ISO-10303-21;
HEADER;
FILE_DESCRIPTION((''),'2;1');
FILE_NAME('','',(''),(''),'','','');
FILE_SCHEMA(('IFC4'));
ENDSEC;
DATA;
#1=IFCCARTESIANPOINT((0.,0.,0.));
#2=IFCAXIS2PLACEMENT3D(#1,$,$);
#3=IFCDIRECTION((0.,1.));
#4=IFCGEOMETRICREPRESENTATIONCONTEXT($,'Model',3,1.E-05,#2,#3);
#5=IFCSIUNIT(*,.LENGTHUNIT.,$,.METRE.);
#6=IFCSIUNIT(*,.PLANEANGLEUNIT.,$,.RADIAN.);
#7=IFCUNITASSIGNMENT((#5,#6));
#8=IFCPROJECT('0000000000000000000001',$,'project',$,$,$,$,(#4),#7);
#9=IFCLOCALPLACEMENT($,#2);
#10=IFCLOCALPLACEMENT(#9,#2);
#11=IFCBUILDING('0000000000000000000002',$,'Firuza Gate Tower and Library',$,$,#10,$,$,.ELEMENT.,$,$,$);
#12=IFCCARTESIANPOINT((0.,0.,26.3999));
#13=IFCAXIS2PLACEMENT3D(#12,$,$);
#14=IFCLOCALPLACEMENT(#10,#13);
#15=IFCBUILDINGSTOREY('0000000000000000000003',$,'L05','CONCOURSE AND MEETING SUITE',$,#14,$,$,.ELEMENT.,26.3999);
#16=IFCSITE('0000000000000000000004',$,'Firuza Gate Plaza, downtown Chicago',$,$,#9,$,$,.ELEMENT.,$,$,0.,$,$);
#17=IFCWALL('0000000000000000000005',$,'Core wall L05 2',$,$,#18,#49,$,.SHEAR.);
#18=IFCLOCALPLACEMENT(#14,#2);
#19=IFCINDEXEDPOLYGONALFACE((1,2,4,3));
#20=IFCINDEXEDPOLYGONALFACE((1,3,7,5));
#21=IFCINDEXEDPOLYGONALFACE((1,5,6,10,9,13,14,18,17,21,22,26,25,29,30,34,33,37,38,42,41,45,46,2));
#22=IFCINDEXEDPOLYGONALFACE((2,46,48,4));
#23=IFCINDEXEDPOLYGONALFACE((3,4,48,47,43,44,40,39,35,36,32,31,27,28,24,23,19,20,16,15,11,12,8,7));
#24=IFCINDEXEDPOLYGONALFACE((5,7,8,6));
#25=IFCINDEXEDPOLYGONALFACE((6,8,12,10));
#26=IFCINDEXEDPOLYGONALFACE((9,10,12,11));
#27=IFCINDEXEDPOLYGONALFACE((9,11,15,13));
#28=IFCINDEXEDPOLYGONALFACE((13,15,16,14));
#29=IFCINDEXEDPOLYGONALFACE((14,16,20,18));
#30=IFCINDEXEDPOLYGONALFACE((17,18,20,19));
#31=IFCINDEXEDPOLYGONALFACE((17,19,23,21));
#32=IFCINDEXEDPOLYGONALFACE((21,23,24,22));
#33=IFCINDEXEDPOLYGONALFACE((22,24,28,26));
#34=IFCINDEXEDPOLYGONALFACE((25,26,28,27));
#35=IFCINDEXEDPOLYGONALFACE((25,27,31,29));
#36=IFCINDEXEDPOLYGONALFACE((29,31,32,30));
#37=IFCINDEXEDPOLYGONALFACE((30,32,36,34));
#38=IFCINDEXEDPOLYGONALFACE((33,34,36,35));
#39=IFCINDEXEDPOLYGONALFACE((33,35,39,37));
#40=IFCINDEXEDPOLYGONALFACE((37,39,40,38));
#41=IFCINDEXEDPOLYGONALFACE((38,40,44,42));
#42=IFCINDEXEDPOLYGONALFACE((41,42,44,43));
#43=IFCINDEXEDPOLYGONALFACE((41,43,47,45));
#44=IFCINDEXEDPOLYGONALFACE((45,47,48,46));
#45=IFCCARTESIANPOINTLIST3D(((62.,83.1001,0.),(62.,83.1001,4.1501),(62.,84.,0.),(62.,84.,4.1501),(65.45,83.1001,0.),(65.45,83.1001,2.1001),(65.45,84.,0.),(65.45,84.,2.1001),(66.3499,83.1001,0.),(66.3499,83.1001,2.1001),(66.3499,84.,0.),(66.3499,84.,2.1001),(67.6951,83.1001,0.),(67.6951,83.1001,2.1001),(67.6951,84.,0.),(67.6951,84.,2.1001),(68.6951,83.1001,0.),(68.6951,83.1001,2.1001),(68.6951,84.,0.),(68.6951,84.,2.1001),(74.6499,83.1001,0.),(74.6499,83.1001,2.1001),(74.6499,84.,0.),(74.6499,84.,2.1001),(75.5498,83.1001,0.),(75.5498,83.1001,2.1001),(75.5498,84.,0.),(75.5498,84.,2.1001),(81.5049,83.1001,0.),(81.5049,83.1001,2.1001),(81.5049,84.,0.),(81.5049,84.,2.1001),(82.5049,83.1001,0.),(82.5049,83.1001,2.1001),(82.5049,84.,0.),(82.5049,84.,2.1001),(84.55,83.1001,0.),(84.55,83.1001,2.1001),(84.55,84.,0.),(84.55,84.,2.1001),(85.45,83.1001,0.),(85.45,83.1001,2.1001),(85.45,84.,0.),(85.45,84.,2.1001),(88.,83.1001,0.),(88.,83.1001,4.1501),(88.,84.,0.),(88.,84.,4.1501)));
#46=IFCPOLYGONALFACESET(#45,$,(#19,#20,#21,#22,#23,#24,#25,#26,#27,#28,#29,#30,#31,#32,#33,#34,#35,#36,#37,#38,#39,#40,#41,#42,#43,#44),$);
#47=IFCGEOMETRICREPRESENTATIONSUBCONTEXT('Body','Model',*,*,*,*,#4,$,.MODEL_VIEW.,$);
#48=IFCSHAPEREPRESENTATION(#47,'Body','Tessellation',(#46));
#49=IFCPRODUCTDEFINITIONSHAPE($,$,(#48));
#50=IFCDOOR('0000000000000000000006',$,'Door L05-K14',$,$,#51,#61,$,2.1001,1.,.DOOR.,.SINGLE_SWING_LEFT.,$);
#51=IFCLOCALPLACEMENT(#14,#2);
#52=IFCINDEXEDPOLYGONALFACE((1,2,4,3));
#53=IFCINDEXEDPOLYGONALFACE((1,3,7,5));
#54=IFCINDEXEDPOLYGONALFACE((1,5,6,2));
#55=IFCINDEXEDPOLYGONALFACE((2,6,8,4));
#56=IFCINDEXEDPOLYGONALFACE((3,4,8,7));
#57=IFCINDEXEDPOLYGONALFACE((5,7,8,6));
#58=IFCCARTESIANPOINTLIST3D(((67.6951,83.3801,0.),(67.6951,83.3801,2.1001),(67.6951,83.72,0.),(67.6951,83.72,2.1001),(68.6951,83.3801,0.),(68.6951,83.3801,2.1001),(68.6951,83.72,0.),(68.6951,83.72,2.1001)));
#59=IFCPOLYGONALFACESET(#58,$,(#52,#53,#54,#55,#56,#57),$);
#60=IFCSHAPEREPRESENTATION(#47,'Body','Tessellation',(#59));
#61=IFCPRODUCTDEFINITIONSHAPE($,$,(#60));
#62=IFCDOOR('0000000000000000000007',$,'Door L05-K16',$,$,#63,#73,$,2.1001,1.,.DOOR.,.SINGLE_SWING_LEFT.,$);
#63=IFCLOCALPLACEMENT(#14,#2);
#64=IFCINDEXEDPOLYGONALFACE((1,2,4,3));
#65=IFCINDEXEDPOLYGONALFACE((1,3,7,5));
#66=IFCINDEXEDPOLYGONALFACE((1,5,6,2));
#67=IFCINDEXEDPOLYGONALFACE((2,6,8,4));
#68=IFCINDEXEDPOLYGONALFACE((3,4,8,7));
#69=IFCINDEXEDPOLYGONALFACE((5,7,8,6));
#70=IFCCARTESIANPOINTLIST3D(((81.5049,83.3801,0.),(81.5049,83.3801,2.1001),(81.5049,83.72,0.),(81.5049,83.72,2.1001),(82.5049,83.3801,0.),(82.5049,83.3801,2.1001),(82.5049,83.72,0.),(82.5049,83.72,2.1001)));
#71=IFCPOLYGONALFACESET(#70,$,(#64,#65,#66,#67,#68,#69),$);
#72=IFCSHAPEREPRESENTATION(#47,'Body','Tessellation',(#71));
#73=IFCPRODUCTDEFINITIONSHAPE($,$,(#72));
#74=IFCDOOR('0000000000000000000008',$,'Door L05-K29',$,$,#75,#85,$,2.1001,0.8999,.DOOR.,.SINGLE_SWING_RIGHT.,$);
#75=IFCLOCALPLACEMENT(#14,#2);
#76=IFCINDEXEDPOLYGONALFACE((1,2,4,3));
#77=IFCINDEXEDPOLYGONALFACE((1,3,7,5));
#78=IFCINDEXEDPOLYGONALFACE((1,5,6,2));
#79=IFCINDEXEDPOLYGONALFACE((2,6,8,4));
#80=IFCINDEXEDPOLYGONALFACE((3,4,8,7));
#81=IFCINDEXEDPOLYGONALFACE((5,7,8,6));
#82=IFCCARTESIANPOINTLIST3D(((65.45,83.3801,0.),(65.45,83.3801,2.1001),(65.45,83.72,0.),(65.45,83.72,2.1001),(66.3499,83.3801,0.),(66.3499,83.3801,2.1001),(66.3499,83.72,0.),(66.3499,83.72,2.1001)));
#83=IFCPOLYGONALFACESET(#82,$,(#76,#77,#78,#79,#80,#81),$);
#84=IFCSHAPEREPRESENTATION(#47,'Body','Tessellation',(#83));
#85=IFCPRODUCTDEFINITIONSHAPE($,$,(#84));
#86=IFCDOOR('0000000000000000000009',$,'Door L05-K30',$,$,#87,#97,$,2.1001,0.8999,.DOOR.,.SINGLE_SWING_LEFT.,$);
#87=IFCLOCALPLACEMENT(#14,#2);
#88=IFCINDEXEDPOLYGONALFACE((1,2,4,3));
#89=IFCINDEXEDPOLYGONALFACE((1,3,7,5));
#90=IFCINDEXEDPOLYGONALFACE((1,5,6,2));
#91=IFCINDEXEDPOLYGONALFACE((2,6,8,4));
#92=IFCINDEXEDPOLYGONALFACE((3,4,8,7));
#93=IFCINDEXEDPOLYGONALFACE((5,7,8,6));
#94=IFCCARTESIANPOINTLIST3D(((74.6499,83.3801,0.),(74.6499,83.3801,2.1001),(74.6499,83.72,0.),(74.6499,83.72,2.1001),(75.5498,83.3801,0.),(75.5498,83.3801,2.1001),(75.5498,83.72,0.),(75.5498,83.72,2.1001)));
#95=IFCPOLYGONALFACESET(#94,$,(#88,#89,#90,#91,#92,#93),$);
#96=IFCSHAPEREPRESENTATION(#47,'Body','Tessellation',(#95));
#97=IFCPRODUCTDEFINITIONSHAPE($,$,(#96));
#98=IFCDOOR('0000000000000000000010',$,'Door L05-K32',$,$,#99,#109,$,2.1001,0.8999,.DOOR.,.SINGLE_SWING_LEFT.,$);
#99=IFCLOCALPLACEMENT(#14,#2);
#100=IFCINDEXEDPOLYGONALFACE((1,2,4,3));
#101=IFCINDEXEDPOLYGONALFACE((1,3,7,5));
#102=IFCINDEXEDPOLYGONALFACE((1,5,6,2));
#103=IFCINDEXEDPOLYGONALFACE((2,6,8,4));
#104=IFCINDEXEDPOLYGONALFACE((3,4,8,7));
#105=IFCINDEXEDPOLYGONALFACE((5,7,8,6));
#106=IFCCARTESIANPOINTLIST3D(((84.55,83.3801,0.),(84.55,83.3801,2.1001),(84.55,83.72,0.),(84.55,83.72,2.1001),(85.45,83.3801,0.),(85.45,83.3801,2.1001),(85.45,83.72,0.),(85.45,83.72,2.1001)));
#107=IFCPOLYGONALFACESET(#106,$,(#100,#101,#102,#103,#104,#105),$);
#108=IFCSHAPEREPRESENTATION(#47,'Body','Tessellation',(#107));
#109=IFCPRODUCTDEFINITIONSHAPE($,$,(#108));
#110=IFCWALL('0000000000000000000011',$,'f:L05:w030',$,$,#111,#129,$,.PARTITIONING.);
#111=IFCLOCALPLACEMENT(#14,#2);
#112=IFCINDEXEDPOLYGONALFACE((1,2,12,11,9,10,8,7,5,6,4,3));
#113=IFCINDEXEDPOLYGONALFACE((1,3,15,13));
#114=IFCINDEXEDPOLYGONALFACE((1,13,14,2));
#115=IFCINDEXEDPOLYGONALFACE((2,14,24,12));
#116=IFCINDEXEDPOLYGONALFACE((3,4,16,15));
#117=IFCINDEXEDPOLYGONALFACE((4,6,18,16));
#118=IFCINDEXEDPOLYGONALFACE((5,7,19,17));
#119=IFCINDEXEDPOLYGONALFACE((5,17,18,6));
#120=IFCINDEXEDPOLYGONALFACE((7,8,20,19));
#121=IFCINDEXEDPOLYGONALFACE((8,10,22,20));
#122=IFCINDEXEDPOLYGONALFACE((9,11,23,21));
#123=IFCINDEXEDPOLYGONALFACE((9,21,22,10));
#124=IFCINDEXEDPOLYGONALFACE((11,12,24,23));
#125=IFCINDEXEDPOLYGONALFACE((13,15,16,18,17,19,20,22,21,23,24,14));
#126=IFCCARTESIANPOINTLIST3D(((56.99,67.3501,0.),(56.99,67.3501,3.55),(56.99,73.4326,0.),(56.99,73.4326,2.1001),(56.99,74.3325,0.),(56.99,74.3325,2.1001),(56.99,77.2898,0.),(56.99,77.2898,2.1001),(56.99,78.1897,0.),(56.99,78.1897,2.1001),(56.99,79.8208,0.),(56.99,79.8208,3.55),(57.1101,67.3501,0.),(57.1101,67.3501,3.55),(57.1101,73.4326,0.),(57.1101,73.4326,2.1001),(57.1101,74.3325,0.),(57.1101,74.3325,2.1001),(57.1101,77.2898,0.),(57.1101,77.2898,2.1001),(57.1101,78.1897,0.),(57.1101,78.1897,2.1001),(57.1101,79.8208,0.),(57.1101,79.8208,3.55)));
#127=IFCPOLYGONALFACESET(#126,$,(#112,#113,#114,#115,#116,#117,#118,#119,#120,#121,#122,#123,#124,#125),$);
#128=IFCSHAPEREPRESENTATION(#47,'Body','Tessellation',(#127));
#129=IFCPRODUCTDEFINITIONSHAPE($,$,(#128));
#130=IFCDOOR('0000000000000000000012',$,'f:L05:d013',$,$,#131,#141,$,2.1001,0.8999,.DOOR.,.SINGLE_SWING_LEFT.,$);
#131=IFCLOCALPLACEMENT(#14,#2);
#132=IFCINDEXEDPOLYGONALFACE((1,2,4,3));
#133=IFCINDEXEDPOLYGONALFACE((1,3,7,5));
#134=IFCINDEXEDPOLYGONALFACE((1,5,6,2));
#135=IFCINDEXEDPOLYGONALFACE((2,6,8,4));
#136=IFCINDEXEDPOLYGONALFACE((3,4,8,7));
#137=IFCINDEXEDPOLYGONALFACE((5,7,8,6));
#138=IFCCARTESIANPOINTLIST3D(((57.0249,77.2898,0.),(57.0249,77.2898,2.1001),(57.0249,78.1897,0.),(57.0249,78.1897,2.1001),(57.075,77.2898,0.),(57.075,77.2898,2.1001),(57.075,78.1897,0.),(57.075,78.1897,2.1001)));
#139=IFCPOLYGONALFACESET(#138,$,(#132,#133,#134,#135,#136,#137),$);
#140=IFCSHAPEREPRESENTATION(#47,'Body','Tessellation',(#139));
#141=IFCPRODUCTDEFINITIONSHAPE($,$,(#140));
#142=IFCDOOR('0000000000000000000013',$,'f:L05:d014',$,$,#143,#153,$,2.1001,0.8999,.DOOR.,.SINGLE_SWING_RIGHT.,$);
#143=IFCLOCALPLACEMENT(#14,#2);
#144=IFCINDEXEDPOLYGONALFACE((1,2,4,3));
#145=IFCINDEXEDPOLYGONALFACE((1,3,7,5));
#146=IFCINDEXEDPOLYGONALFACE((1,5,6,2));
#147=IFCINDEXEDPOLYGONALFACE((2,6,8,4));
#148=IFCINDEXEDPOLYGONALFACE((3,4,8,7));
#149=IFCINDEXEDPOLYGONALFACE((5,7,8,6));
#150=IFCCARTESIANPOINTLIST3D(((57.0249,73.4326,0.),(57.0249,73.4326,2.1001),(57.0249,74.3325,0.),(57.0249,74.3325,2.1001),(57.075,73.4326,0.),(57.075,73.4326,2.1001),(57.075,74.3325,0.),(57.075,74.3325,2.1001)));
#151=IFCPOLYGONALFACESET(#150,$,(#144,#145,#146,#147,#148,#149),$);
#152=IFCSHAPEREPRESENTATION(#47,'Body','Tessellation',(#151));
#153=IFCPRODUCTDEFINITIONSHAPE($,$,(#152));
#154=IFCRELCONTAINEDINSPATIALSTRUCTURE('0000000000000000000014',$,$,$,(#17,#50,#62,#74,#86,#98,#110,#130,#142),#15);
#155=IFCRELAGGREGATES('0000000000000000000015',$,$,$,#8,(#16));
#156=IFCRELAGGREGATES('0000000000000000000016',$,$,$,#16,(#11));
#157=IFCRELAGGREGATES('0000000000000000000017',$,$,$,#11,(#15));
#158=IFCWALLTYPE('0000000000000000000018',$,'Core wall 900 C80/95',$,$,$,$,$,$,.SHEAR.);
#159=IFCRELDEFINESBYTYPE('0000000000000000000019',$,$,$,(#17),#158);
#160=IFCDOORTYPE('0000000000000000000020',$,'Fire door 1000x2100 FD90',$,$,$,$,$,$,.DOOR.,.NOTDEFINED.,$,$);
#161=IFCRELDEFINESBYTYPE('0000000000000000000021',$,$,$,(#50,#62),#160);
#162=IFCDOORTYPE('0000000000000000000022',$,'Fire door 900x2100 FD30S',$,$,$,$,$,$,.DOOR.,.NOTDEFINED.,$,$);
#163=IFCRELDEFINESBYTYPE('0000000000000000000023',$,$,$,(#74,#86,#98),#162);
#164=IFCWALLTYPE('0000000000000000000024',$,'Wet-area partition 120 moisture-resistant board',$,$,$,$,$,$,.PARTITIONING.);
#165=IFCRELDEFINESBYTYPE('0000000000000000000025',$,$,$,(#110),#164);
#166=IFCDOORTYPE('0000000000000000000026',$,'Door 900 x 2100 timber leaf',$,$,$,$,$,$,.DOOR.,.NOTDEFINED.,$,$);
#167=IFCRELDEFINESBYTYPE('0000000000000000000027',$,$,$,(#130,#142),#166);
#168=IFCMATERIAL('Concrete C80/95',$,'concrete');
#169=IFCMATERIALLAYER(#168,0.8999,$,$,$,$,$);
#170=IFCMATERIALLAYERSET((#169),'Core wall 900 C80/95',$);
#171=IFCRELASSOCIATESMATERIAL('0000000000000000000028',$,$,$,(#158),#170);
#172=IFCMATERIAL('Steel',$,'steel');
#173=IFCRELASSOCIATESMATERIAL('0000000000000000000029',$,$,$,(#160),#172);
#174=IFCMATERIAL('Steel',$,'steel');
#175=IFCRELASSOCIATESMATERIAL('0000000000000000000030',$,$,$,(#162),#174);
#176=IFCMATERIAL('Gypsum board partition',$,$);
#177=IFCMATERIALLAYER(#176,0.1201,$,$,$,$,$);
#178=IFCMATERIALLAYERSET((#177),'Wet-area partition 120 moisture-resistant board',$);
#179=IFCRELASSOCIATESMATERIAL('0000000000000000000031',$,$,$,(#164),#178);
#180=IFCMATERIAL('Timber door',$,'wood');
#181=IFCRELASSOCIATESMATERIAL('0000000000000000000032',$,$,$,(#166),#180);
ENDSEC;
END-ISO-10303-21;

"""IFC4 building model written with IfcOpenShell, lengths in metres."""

from ifc_helpers import new_model, si_unit, direction, frame, frame_2d, origin, place, context, subcontext, project, spatial, rectangle, extrude, material, layer, layer_set, type_object, element, fill, save


model = new_model("IFC4")

# Units and contexts
model_context = context("Model", 3, precision=1e-05, world=origin(), true_north=direction((0.0, 1.0)))
body_context = subcontext(model_context, "Body", "Model", "MODEL_VIEW")
ifc_project = project(units=[si_unit("LENGTHUNIT", "METRE"), si_unit("PLANEANGLEUNIT", "RADIAN")], contexts=[model_context])

# Site, building, storey
site_placement = place(None, origin())
site = spatial("IfcSite", under=ifc_project, at=site_placement, Name="Firuza Gate Plaza, downtown Chicago", CompositionType="ELEMENT", RefElevation=0.0)
building_placement = place(site_placement, origin())
building = spatial("IfcBuilding", under=site, at=building_placement, Name="Firuza Gate Tower and Library", CompositionType="ELEMENT")
storey_placement = place(building_placement, frame((0.0, 0.0, 26.3999)))
storey = spatial("IfcBuildingStorey", under=building, at=storey_placement, Name="L05", Description="CONCOURSE AND MEETING SUITE", CompositionType="ELEMENT", Elevation=26.3999)

# Walls, openings, doors
ifc_material_1 = material(Name="Concrete C80/95", Category="concrete")
ifc_layer_1 = layer(ifc_material_1, 0.8999)
ifc_layer_set_1 = layer_set([ifc_layer_1], Name="Core wall 900 C80/95")
wall_type_1 = type_object("IfcWallType", Name="Core wall 900 C80/95", PredefinedType="SHEAR", material=ifc_layer_set_1)
wall_1_placement = place(storey_placement, frame((62.0, 83.55, 0.0), z_axis=(0.0, 0.0, 1.0), x_axis=(1.0, 0.0, 0.0)))
wall_1 = element("IfcWall", 1, at=wall_1_placement, inside=storey, type_object=wall_type_1, Name="Core wall L05 2", PredefinedType="SHEAR", context=body_context, shape_type="SweptSolid", body=[
    extrude(rectangle(XDim=26.0, YDim=0.8999, at=frame_2d((13.0, 0.0))), origin(), (0.0, 0.0, 1.0), 4.1501),
])
opening_1_placement = place(wall_1_placement, frame((5.6951, 0.0, 0.0)))
opening_1 = element("IfcOpeningElement", 2, at=opening_1_placement, cuts=wall_1, PredefinedType="OPENING", context=body_context, shape_type="SweptSolid", body=[
    extrude(rectangle(XDim=1.0, YDim=2.1001, at=frame_2d((0.5, 1.05))), frame((0.0, 0.46, 0.0), z_axis=(0.0, -1.0, 0.0), x_axis=(1.0, 0.0, 0.0)), (0.0, 0.0, 1.0), 0.9199),
])
opening_2_placement = place(wall_1_placement, frame((19.5049, 0.0, 0.0)))
opening_2 = element("IfcOpeningElement", 3, at=opening_2_placement, cuts=wall_1, PredefinedType="OPENING", context=body_context, shape_type="SweptSolid", body=[
    extrude(rectangle(XDim=1.0, YDim=2.1001, at=frame_2d((0.5, 1.05))), frame((0.0, 0.46, 0.0), z_axis=(0.0, -1.0, 0.0), x_axis=(1.0, 0.0, 0.0)), (0.0, 0.0, 1.0), 0.9199),
])
opening_3_placement = place(wall_1_placement, frame((3.45, 0.0, 0.0)))
opening_3 = element("IfcOpeningElement", 4, at=opening_3_placement, cuts=wall_1, PredefinedType="OPENING", context=body_context, shape_type="SweptSolid", body=[
    extrude(rectangle(XDim=0.8999, YDim=2.1001, at=frame_2d((0.45, 1.05))), frame((0.0, 0.46, 0.0), z_axis=(0.0, -1.0, 0.0), x_axis=(1.0, 0.0, 0.0)), (0.0, 0.0, 1.0), 0.9199),
])
opening_4_placement = place(wall_1_placement, frame((12.6499, 0.0, 0.0)))
opening_4 = element("IfcOpeningElement", 5, at=opening_4_placement, cuts=wall_1, PredefinedType="OPENING", context=body_context, shape_type="SweptSolid", body=[
    extrude(rectangle(XDim=0.8999, YDim=2.1001, at=frame_2d((0.45, 1.05))), frame((0.0, 0.46, 0.0), z_axis=(0.0, -1.0, 0.0), x_axis=(1.0, 0.0, 0.0)), (0.0, 0.0, 1.0), 0.9199),
])
opening_5_placement = place(wall_1_placement, frame((22.55, 0.0, 0.0)))
opening_5 = element("IfcOpeningElement", 6, at=opening_5_placement, cuts=wall_1, PredefinedType="OPENING", context=body_context, shape_type="SweptSolid", body=[
    extrude(rectangle(XDim=0.8999, YDim=2.1001, at=frame_2d((0.45, 1.05))), frame((0.0, 0.46, 0.0), z_axis=(0.0, -1.0, 0.0), x_axis=(1.0, 0.0, 0.0)), (0.0, 0.0, 1.0), 0.9199),
])
ifc_material_2 = material(Name="Steel", Category="steel")
door_type_1 = type_object("IfcDoorType", Name="Fire door 1000x2100 FD90", OperationType="NOTDEFINED", PredefinedType="DOOR", material=ifc_material_2)
door_1_placement = place(opening_1_placement, origin())
door_1 = element("IfcDoor", 7, at=door_1_placement, inside=storey, type_object=door_type_1, Name="Door L05-K14", OperationType="SINGLE_SWING_LEFT", OverallHeight=2.1001, OverallWidth=1.0, PredefinedType="DOOR", context=body_context, shape_type="SweptSolid", body=[
    extrude(rectangle(XDim=1.0, YDim=2.1001, at=frame_2d((0.5, 1.05))), frame((0.0, 0.1699, 0.0), z_axis=(0.0, -1.0, 0.0), x_axis=(1.0, 0.0, 0.0)), (0.0, 0.0, 1.0), 0.3398),
])
fill(opening_1, door_1)
door_2_placement = place(opening_2_placement, origin())
door_2 = element("IfcDoor", 8, at=door_2_placement, inside=storey, type_object=door_type_1, Name="Door L05-K16", OperationType="SINGLE_SWING_LEFT", OverallHeight=2.1001, OverallWidth=1.0, PredefinedType="DOOR", context=body_context, shape_type="SweptSolid", body=[
    extrude(rectangle(XDim=1.0, YDim=2.1001, at=frame_2d((0.5, 1.05))), frame((0.0, 0.1699, 0.0), z_axis=(0.0, -1.0, 0.0), x_axis=(1.0, 0.0, 0.0)), (0.0, 0.0, 1.0), 0.3398),
])
fill(opening_2, door_2)
ifc_material_3 = material(Name="Steel", Category="steel")
door_type_2 = type_object("IfcDoorType", Name="Fire door 900x2100 FD30S", OperationType="NOTDEFINED", PredefinedType="DOOR", material=ifc_material_3)
door_3_placement = place(opening_3_placement, origin())
door_3 = element("IfcDoor", 9, at=door_3_placement, inside=storey, type_object=door_type_2, Name="Door L05-K29", OperationType="SINGLE_SWING_RIGHT", OverallHeight=2.1001, OverallWidth=0.8999, PredefinedType="DOOR", context=body_context, shape_type="SweptSolid", body=[
    extrude(rectangle(XDim=0.8999, YDim=2.1001, at=frame_2d((0.45, 1.05))), frame((0.0, 0.1699, 0.0), z_axis=(0.0, -1.0, 0.0), x_axis=(1.0, 0.0, 0.0)), (0.0, 0.0, 1.0), 0.3398),
])
fill(opening_3, door_3)
door_4_placement = place(opening_4_placement, origin())
door_4 = element("IfcDoor", 10, at=door_4_placement, inside=storey, type_object=door_type_2, Name="Door L05-K30", OperationType="SINGLE_SWING_LEFT", OverallHeight=2.1001, OverallWidth=0.8999, PredefinedType="DOOR", context=body_context, shape_type="SweptSolid", body=[
    extrude(rectangle(XDim=0.8999, YDim=2.1001, at=frame_2d((0.45, 1.05))), frame((0.0, 0.1699, 0.0), z_axis=(0.0, -1.0, 0.0), x_axis=(1.0, 0.0, 0.0)), (0.0, 0.0, 1.0), 0.3398),
])
fill(opening_4, door_4)
door_5_placement = place(opening_5_placement, origin())
door_5 = element("IfcDoor", 11, at=door_5_placement, inside=storey, type_object=door_type_2, Name="Door L05-K32", OperationType="SINGLE_SWING_LEFT", OverallHeight=2.1001, OverallWidth=0.8999, PredefinedType="DOOR", context=body_context, shape_type="SweptSolid", body=[
    extrude(rectangle(XDim=0.8999, YDim=2.1001, at=frame_2d((0.45, 1.05))), frame((0.0, 0.1699, 0.0), z_axis=(0.0, -1.0, 0.0), x_axis=(1.0, 0.0, 0.0)), (0.0, 0.0, 1.0), 0.3398),
])
fill(opening_5, door_5)
ifc_material_4 = material(Name="Gypsum board partition")
ifc_layer_2 = layer(ifc_material_4, 0.1201)
ifc_layer_set_2 = layer_set([ifc_layer_2], Name="Wet-area partition 120 moisture-resistant board")
wall_type_2 = type_object("IfcWallType", Name="Wet-area partition 120 moisture-resistant board", PredefinedType="PARTITIONING", material=ifc_layer_set_2)
wall_2_placement = place(storey_placement, frame((57.05, 79.8208, 0.0), z_axis=(0.0, 0.0, 1.0), x_axis=(0.0, -1.0, 0.0)))
wall_2 = element("IfcWall", 12, at=wall_2_placement, inside=storey, type_object=wall_type_2, Name="f:L05:w030", PredefinedType="PARTITIONING", context=body_context, shape_type="SweptSolid", body=[
    extrude(rectangle(XDim=12.4707, YDim=0.1201, at=frame_2d((6.2354, 0.0))), origin(), (0.0, 0.0, 1.0), 3.55),
])
opening_6_placement = place(wall_2_placement, frame((1.6311, 0.0, 0.0)))
opening_6 = element("IfcOpeningElement", 13, at=opening_6_placement, cuts=wall_2, PredefinedType="OPENING", context=body_context, shape_type="SweptSolid", body=[
    extrude(rectangle(XDim=0.8999, YDim=2.1001, at=frame_2d((0.45, 1.05))), frame((0.0, 0.0701, 0.0), z_axis=(0.0, -1.0, 0.0), x_axis=(1.0, 0.0, 0.0)), (0.0, 0.0, 1.0), 0.1401),
])
opening_7_placement = place(wall_2_placement, frame((5.4883, 0.0, 0.0)))
opening_7 = element("IfcOpeningElement", 14, at=opening_7_placement, cuts=wall_2, PredefinedType="OPENING", context=body_context, shape_type="SweptSolid", body=[
    extrude(rectangle(XDim=0.8999, YDim=2.1001, at=frame_2d((0.45, 1.05))), frame((0.0, 0.0701, 0.0), z_axis=(0.0, -1.0, 0.0), x_axis=(1.0, 0.0, 0.0)), (0.0, 0.0, 1.0), 0.1401),
])
ifc_material_5 = material(Name="Timber door", Category="wood")
door_type_3 = type_object("IfcDoorType", Name="Door 900 x 2100 timber leaf", OperationType="NOTDEFINED", PredefinedType="DOOR", material=ifc_material_5)
door_6_placement = place(opening_6_placement, origin())
door_6 = element("IfcDoor", 15, at=door_6_placement, inside=storey, type_object=door_type_3, Name="f:L05:d013", OperationType="SINGLE_SWING_LEFT", OverallHeight=2.1001, OverallWidth=0.8999, PredefinedType="DOOR", context=body_context, shape_type="SweptSolid", body=[
    extrude(rectangle(XDim=0.8999, YDim=2.1001, at=frame_2d((0.45, 1.05))), frame((0.0, 0.0249, 0.0), z_axis=(0.0, -1.0, 0.0), x_axis=(1.0, 0.0, 0.0)), (0.0, 0.0, 1.0), 0.05),
])
fill(opening_6, door_6)
door_7_placement = place(opening_7_placement, origin())
door_7 = element("IfcDoor", 16, at=door_7_placement, inside=storey, type_object=door_type_3, Name="f:L05:d014", OperationType="SINGLE_SWING_RIGHT", OverallHeight=2.1001, OverallWidth=0.8999, PredefinedType="DOOR", context=body_context, shape_type="SweptSolid", body=[
    extrude(rectangle(XDim=0.8999, YDim=2.1001, at=frame_2d((0.45, 1.05))), frame((0.0, 0.0249, 0.0), z_axis=(0.0, -1.0, 0.0), x_axis=(1.0, 0.0, 0.0)), (0.0, 0.0, 1.0), 0.05),
])
fill(opening_7, door_7)

save(model, "model.ifc")
